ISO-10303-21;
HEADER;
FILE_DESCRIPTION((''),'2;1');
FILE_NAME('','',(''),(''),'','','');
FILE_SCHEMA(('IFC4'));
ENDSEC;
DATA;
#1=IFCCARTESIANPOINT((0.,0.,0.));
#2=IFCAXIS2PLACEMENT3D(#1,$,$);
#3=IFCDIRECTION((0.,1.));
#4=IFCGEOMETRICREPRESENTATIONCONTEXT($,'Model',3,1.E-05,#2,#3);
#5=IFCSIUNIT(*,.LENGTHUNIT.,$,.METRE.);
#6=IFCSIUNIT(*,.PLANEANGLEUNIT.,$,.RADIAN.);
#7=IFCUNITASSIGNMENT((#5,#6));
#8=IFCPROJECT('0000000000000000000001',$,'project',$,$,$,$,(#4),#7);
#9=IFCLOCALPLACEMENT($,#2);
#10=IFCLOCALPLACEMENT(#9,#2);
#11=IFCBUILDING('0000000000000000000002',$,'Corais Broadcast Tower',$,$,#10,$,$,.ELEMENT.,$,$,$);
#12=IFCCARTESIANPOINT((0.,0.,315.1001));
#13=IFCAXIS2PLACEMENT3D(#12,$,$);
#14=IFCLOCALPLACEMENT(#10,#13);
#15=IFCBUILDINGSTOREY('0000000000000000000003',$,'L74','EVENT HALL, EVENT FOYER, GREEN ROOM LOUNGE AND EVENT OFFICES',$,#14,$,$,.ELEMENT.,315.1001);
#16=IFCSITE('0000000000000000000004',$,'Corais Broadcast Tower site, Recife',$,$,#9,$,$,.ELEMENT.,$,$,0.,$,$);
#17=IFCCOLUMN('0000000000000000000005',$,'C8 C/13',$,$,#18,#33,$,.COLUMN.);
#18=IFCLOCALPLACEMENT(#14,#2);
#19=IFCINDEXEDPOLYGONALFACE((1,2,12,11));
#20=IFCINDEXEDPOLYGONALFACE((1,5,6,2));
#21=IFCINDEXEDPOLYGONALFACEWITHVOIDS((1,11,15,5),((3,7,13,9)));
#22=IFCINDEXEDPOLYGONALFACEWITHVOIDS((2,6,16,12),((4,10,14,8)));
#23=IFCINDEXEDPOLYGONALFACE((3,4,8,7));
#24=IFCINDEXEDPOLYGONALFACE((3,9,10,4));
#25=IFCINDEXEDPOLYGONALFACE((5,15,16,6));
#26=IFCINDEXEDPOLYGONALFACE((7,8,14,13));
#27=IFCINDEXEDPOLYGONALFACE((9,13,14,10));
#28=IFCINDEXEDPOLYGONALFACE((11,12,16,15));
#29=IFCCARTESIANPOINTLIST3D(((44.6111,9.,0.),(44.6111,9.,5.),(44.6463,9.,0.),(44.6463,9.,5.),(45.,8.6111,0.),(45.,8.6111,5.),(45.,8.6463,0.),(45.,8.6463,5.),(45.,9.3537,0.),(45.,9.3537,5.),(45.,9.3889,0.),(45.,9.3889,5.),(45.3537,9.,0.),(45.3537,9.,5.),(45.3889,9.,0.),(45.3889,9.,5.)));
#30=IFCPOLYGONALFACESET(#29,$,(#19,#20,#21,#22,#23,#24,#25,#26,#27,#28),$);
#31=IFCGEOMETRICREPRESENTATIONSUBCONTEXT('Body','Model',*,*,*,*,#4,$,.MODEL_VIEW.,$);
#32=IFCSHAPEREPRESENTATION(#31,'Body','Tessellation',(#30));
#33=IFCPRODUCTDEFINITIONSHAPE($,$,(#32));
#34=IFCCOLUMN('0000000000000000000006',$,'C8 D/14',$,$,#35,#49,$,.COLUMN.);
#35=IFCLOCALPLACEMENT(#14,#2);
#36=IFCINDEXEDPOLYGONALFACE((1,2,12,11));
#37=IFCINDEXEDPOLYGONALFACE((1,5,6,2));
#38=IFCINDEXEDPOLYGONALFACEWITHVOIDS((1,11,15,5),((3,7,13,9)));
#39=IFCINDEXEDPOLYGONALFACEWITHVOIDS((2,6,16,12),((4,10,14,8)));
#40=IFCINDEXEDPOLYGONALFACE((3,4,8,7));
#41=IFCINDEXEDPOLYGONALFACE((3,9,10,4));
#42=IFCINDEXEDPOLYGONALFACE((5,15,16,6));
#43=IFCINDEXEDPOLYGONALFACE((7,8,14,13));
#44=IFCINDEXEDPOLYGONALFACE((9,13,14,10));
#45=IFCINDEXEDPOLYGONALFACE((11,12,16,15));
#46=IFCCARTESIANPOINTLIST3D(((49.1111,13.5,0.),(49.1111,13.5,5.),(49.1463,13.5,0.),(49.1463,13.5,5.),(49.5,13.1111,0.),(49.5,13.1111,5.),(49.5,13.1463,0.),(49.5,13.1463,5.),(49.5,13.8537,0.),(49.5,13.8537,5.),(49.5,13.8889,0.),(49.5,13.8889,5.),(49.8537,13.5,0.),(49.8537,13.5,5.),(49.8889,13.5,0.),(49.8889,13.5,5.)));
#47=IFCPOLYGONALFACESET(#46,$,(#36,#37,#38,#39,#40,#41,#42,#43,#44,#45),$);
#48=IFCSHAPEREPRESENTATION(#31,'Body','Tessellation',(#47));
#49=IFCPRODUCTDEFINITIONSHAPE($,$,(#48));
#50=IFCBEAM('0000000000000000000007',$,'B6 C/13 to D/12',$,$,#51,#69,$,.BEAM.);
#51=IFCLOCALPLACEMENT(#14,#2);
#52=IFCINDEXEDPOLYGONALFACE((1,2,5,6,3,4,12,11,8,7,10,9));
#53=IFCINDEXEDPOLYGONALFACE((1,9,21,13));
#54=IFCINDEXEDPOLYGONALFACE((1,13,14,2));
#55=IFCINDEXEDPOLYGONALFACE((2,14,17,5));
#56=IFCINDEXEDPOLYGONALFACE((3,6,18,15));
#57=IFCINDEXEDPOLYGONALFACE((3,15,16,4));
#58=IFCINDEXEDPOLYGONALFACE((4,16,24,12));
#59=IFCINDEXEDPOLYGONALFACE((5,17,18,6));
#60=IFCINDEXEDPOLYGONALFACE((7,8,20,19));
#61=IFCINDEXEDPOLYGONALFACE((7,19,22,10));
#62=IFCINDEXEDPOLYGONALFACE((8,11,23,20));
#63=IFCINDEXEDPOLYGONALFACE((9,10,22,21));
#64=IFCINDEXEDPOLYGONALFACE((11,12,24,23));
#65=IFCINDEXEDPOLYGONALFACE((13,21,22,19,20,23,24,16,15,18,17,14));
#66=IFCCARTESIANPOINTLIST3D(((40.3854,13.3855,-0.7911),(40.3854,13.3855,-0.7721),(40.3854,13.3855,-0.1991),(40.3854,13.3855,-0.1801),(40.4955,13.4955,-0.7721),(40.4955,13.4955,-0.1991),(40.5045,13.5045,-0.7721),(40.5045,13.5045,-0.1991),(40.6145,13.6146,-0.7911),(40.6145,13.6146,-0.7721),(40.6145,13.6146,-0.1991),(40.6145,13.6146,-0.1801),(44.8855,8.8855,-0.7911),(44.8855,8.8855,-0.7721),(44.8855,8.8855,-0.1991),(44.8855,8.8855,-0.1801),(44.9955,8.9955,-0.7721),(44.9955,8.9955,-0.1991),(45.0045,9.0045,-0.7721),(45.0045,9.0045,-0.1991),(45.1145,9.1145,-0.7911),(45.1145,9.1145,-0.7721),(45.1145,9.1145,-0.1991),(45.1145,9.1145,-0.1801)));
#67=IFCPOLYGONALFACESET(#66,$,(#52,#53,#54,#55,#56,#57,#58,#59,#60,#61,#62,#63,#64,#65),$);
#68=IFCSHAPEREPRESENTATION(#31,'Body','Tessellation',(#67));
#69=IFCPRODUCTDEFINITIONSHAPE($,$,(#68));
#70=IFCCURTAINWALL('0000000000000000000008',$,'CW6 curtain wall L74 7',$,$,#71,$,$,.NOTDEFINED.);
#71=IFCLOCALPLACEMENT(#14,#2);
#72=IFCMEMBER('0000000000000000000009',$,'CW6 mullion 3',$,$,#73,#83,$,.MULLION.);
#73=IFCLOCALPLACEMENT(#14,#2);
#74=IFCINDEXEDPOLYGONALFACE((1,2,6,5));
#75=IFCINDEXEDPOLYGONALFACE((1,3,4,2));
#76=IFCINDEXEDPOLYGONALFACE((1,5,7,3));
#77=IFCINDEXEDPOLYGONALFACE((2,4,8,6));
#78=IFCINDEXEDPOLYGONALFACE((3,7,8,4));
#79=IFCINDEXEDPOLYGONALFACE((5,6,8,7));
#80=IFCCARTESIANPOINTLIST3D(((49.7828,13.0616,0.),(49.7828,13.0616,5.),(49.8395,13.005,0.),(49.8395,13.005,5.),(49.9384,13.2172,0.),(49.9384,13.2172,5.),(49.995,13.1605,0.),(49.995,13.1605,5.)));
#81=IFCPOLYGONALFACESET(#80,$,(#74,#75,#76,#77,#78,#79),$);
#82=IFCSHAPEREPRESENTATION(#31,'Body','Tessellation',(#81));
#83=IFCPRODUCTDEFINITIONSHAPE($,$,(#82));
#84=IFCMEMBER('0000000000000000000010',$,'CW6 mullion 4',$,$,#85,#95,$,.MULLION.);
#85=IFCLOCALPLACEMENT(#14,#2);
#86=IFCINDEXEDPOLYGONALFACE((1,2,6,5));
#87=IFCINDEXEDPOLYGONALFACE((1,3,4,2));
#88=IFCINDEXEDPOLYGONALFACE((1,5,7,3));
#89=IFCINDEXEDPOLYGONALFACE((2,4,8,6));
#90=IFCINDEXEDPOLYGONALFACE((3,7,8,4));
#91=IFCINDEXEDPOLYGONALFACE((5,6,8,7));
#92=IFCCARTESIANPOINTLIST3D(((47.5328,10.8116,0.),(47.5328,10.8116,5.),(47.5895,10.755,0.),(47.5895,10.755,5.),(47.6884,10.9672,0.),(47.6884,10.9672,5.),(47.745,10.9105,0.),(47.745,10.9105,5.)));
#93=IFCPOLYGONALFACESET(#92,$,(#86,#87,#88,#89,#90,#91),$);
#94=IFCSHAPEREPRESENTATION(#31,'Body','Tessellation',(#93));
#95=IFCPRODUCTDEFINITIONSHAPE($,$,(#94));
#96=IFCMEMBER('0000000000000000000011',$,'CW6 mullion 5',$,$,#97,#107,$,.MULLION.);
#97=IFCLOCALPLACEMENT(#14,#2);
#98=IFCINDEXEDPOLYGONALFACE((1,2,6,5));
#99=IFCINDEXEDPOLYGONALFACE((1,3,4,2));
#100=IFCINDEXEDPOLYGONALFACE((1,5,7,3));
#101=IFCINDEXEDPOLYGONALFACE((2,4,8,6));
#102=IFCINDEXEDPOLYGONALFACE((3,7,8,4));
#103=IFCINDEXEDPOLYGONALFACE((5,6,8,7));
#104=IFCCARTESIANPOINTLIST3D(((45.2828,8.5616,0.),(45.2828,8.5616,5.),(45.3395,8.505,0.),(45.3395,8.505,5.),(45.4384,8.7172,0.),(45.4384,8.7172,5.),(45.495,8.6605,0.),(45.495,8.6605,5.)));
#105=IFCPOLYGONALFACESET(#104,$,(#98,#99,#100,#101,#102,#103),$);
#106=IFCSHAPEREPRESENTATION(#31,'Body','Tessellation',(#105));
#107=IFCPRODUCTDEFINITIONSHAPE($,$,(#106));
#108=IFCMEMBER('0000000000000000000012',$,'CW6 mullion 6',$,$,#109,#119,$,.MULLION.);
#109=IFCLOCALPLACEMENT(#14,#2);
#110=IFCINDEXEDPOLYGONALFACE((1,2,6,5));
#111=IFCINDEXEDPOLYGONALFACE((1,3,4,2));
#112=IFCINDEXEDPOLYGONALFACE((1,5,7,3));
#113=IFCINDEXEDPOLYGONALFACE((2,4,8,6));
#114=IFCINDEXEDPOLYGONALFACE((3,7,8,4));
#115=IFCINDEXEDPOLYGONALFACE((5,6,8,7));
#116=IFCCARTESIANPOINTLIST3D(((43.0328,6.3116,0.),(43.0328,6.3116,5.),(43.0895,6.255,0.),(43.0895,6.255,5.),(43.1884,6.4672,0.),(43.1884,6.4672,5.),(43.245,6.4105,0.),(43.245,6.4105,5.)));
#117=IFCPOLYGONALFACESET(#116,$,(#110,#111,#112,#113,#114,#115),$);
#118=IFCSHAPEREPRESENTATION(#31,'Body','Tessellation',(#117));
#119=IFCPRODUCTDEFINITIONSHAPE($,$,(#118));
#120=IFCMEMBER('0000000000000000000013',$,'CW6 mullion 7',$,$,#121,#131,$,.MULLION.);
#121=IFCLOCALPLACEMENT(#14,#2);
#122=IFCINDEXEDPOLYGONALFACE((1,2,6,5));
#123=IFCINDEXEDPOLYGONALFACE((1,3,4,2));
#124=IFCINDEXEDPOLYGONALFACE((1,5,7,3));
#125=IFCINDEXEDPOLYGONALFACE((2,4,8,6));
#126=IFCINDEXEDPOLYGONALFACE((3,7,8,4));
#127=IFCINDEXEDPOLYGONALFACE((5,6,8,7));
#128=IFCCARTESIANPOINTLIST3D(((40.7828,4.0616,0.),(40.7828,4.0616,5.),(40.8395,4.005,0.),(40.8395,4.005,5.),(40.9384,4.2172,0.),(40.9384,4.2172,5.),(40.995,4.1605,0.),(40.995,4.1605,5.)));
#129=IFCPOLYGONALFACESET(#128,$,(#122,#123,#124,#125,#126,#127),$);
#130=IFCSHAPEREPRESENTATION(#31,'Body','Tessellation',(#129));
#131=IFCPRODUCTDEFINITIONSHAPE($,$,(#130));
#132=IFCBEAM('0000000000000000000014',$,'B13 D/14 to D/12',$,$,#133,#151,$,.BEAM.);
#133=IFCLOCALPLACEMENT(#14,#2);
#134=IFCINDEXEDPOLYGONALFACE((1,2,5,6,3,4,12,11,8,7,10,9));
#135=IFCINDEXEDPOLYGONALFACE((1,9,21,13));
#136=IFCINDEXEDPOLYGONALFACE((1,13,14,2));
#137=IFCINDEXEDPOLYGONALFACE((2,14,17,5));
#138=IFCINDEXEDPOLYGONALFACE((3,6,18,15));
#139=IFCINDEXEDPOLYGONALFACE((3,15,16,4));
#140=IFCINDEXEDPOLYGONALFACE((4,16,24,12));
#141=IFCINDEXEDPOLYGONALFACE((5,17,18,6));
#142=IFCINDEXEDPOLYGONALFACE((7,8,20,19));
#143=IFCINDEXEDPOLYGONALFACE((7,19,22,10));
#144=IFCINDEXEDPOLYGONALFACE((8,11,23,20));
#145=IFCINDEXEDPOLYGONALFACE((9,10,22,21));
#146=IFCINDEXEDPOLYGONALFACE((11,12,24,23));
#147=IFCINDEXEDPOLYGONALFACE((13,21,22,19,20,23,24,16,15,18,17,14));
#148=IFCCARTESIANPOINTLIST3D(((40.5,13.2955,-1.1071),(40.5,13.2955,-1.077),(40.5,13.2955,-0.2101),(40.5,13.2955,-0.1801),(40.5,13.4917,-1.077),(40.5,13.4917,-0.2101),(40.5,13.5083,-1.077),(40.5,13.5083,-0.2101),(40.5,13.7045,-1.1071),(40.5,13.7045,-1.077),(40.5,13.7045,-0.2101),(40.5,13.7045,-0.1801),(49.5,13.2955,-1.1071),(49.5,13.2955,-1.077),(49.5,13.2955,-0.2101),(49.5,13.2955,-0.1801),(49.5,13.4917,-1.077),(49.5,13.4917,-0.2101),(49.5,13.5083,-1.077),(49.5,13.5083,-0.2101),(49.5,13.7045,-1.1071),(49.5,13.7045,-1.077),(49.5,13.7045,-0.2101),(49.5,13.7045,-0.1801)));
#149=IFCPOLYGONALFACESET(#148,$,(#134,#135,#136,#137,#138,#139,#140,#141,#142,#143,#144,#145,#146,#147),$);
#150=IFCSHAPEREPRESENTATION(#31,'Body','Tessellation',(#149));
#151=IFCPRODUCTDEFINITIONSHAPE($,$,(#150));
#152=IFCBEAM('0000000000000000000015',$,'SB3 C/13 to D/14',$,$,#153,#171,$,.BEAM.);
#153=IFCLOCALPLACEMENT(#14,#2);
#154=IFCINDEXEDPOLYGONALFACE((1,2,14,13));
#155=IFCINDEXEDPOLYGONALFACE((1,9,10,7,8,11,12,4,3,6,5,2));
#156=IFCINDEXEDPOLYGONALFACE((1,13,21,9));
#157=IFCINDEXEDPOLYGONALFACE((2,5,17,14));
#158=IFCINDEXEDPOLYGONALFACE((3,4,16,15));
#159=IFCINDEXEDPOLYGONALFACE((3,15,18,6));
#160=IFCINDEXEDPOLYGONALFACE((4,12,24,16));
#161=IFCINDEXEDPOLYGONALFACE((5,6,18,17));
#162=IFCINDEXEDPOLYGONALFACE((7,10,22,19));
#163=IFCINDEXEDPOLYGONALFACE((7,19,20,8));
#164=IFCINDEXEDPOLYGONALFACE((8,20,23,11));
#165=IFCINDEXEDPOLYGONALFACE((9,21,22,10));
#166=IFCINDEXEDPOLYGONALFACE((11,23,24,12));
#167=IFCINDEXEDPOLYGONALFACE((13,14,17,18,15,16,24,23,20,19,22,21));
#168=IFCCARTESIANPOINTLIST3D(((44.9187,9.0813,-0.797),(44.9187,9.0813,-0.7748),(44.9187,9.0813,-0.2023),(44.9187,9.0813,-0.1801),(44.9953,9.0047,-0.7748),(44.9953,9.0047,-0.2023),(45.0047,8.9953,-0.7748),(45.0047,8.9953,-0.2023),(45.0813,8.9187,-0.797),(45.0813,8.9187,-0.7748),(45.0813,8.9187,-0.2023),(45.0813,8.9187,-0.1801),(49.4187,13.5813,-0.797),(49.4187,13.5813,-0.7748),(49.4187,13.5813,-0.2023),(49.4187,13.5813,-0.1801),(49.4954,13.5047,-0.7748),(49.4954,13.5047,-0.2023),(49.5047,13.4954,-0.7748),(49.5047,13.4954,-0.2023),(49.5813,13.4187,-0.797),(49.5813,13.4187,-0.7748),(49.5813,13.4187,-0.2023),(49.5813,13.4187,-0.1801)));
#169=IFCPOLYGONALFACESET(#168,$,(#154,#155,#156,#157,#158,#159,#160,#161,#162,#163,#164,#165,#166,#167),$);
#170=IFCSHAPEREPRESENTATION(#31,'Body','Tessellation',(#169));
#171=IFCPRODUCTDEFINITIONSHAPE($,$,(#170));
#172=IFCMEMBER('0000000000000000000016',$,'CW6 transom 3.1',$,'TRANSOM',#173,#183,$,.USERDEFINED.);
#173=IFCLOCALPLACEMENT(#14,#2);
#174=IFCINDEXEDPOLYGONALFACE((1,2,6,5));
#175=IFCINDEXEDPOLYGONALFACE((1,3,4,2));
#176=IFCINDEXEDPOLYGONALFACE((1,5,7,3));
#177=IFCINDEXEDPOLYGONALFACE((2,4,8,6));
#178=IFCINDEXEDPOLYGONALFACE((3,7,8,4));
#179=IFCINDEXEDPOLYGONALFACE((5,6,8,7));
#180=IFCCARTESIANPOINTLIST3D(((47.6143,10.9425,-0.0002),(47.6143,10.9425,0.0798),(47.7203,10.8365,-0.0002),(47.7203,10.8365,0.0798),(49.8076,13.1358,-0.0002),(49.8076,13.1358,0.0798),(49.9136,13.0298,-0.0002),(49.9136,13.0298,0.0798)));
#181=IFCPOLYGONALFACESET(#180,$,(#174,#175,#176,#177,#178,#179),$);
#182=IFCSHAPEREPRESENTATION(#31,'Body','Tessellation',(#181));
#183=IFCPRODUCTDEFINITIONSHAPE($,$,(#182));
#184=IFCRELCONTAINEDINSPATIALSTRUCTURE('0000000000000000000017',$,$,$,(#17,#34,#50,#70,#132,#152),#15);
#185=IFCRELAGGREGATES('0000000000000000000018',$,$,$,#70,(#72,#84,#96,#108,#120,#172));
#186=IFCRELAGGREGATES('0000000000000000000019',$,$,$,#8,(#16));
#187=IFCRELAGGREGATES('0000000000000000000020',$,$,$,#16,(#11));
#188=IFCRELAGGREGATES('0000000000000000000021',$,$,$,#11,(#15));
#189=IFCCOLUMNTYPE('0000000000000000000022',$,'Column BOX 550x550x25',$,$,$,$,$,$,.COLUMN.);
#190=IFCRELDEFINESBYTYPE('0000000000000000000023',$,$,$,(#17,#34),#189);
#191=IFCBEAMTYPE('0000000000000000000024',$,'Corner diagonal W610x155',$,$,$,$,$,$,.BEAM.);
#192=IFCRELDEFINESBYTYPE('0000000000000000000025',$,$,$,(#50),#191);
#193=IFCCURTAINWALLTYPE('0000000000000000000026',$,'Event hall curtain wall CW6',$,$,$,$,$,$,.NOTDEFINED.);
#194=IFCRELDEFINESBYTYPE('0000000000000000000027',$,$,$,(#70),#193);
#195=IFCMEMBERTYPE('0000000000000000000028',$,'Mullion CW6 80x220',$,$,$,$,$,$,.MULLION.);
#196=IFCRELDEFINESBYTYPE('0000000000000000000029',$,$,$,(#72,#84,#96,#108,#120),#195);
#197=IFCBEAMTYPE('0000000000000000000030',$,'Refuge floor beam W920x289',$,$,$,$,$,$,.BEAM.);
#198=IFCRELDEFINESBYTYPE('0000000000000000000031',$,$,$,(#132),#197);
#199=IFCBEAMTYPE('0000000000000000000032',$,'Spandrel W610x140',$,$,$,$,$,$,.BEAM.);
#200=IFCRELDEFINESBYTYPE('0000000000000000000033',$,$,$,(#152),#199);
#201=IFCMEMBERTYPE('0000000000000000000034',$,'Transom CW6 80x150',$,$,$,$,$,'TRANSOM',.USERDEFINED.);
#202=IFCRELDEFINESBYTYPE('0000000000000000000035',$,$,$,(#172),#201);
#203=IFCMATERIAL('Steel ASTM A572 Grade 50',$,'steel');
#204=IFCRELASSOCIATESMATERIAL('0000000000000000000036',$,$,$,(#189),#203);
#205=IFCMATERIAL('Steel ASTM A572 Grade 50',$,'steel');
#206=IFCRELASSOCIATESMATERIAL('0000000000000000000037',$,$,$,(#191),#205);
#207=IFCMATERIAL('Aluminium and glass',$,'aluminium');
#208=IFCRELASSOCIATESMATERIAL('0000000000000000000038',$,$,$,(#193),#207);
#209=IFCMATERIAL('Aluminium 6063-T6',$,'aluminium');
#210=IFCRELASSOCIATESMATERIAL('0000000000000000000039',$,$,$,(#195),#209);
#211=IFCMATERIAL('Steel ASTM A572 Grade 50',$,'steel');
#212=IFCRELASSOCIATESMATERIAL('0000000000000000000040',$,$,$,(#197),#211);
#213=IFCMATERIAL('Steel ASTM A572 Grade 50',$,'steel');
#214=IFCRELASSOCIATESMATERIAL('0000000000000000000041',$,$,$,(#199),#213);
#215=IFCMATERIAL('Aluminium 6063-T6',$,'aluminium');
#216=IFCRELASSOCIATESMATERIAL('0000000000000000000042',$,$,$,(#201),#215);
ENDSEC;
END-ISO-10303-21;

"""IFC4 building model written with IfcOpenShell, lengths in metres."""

from ifc_helpers import new_model, si_unit, direction, frame, origin, origin_2d, place, context, subcontext, project, spatial, rectangle, hollow_rectangle, i_section, extrude, material, material_profile, profile_set, type_object, element, aggregate, save


model = new_model("IFC4")

# Units and contexts
model_context = context("Model", 3, precision=1e-05, world=origin(), true_north=direction((0.0, 1.0)))
body_context = subcontext(model_context, "Body", "Model", "MODEL_VIEW")
ifc_project = project(units=[si_unit("LENGTHUNIT", "METRE"), si_unit("PLANEANGLEUNIT", "RADIAN")], contexts=[model_context])

# Site, building, storey
site_placement = place(None, origin())
site = spatial("IfcSite", under=ifc_project, at=site_placement, Name="Corais Broadcast Tower site, Recife", CompositionType="ELEMENT", RefElevation=0.0)
building_placement = place(site_placement, origin())
building = spatial("IfcBuilding", under=site, at=building_placement, Name="Corais Broadcast Tower", CompositionType="ELEMENT")
storey_placement = place(building_placement, frame((0.0, 0.0, 315.1001)))
storey = spatial("IfcBuildingStorey", under=building, at=storey_placement, Name="L74", Description="EVENT HALL, EVENT FOYER, GREEN ROOM LOUNGE AND EVENT OFFICES", CompositionType="ELEMENT", Elevation=315.1001)

# Columns
ifc_material_1 = material(Name="Steel ASTM A572 Grade 50", Category="steel")
ifc_material_profile_1 = material_profile(ifc_material_1, hollow_rectangle(XDim=0.55, YDim=0.55, WallThickness=0.0249, at=origin_2d()), Name="BOX 550x550x25")
ifc_profile_set_1 = profile_set([ifc_material_profile_1], Name="Steel ASTM A572 Grade 50")
column_type = type_object("IfcColumnType", Name="Column BOX 550x550x25", PredefinedType="COLUMN", material=ifc_profile_set_1)
for number, where, z_axis, x_axis, name in (
    (1, (45.0, 9.0, 0.0), (0.0, 0.0, 1.0), (0.707107, 0.707107, 0.0), "C8 C/13"),
    (2, (49.5, 13.5, 0.0), (0.0, 0.0, 1.0), (0.707107, 0.707107, 0.0), "C8 D/14"),
):
    element("IfcColumn", number, at=place(storey_placement, frame(where, z_axis=z_axis, x_axis=x_axis)), inside=storey, type_object=column_type, Name=name, PredefinedType="COLUMN", context=body_context, shape_type="SweptSolid", body=[
        extrude(hollow_rectangle(XDim=0.55, YDim=0.55, WallThickness=0.0249, at=origin_2d()), origin(), (0.0, 0.0, 1.0), 5.0),
    ])

# Beam
ifc_material_2 = material(Name="Steel ASTM A572 Grade 50", Category="steel")
ifc_material_profile_2 = material_profile(ifc_material_2, i_section(OverallWidth=0.324, OverallDepth=0.6111, WebThickness=0.0127, FlangeThickness=0.019, at=origin_2d()), Name="W610x155")
ifc_profile_set_2 = profile_set([ifc_material_profile_2], Name="Steel ASTM A572 Grade 50")
beam_type_1 = type_object("IfcBeamType", Name="Corner diagonal W610x155", PredefinedType="BEAM", material=ifc_profile_set_2)
beam_1_placement = place(storey_placement, frame((45.0, 9.0, -0.4856), z_axis=(-0.707107, 0.707107, 0.0), x_axis=(-0.707107, -0.707107, 0.0)))
element("IfcBeam", 3, at=beam_1_placement, inside=storey, type_object=beam_type_1, Name="B6 C/13 to D/12", PredefinedType="BEAM", context=body_context, shape_type="SweptSolid", body=[
    extrude(i_section(OverallWidth=0.324, OverallDepth=0.6111, WebThickness=0.0127, FlangeThickness=0.019, at=origin_2d()), origin(), (0.0, 0.0, 1.0), 6.364),
])

# Curtain wall, members
ifc_material_3 = material(Name="Aluminium and glass", Category="aluminium")
curtain_wall_type = type_object("IfcCurtainWallType", Name="Event hall curtain wall CW6", PredefinedType="NOTDEFINED", material=ifc_material_3)
curtain_wall_placement = place(storey_placement, origin())
curtain_wall = element("IfcCurtainWall", 4, at=curtain_wall_placement, inside=storey, type_object=curtain_wall_type, Name="CW6 curtain wall L74 7", PredefinedType="NOTDEFINED")
ifc_material_4 = material(Name="Aluminium 6063-T6", Category="aluminium")
ifc_material_profile_3 = material_profile(ifc_material_4, rectangle(XDim=0.0801, YDim=0.22, at=origin_2d()), Name="Mullion CW6 80x220")
ifc_profile_set_3 = profile_set([ifc_material_profile_3], Name="Aluminium 6063-T6")
member_type_1 = type_object("IfcMemberType", Name="Mullion CW6 80x220", PredefinedType="MULLION", material=ifc_profile_set_3)
member_1_placement = place(storey_placement, frame((49.8889, 13.1111, 0.0), z_axis=(0.0, 0.0, 1.0), x_axis=(0.707107, -0.707107, 0.0)))
member_1 = element("IfcMember", 5, at=member_1_placement, type_object=member_type_1, Name="CW6 mullion 3", PredefinedType="MULLION", context=body_context, shape_type="SweptSolid", body=[
    extrude(rectangle(XDim=0.0801, YDim=0.22, at=origin_2d()), origin(), (0.0, 0.0, 1.0), 5.0),
])
member_2_placement = place(storey_placement, frame((47.6389, 10.8611, 0.0), z_axis=(0.0, 0.0, 1.0), x_axis=(0.707107, -0.707107, 0.0)))
member_2 = element("IfcMember", 6, at=member_2_placement, type_object=member_type_1, Name="CW6 mullion 4", PredefinedType="MULLION", context=body_context, shape_type="SweptSolid", body=[
    extrude(rectangle(XDim=0.0801, YDim=0.22, at=origin_2d()), origin(), (0.0, 0.0, 1.0), 5.0),
])
member_3_placement = place(storey_placement, frame((45.3889, 8.6111, 0.0), z_axis=(0.0, 0.0, 1.0), x_axis=(0.707107, -0.707107, 0.0)))
member_3 = element("IfcMember", 7, at=member_3_placement, type_object=member_type_1, Name="CW6 mullion 5", PredefinedType="MULLION", context=body_context, shape_type="SweptSolid", body=[
    extrude(rectangle(XDim=0.0801, YDim=0.22, at=origin_2d()), origin(), (0.0, 0.0, 1.0), 5.0),
])
member_4_placement = place(storey_placement, frame((43.1389, 6.3611, 0.0), z_axis=(0.0, 0.0, 1.0), x_axis=(0.707107, -0.707107, 0.0)))
member_4 = element("IfcMember", 8, at=member_4_placement, type_object=member_type_1, Name="CW6 mullion 6", PredefinedType="MULLION", context=body_context, shape_type="SweptSolid", body=[
    extrude(rectangle(XDim=0.0801, YDim=0.22, at=origin_2d()), origin(), (0.0, 0.0, 1.0), 5.0),
])
member_5_placement = place(storey_placement, frame((40.8889, 4.1111, 0.0), z_axis=(0.0, 0.0, 1.0), x_axis=(0.707107, -0.707107, 0.0)))
member_5 = element("IfcMember", 9, at=member_5_placement, type_object=member_type_1, Name="CW6 mullion 7", PredefinedType="MULLION", context=body_context, shape_type="SweptSolid", body=[
    extrude(rectangle(XDim=0.0801, YDim=0.22, at=origin_2d()), origin(), (0.0, 0.0, 1.0), 5.0),
])

# Beams
ifc_material_5 = material(Name="Steel ASTM A572 Grade 50", Category="steel")
ifc_material_profile_4 = material_profile(ifc_material_5, i_section(OverallWidth=0.4089, OverallDepth=0.927, WebThickness=0.0166, FlangeThickness=0.03, at=origin_2d()), Name="W920x289")
ifc_profile_set_4 = profile_set([ifc_material_profile_4], Name="Steel ASTM A572 Grade 50")
beam_type_2 = type_object("IfcBeamType", Name="Refuge floor beam W920x289", PredefinedType="BEAM", material=ifc_profile_set_4)
beam_2_placement = place(storey_placement, frame((49.5, 13.5, -0.6436), z_axis=(-1.0, 0.0, 0.0), x_axis=(0.0, -1.0, 0.0)))
element("IfcBeam", 10, at=beam_2_placement, inside=storey, type_object=beam_type_2, Name="B13 D/14 to D/12", PredefinedType="BEAM", context=body_context, shape_type="SweptSolid", body=[
    extrude(i_section(OverallWidth=0.4089, OverallDepth=0.927, WebThickness=0.0166, FlangeThickness=0.03, at=origin_2d()), origin(), (0.0, 0.0, 1.0), 9.0),
])
ifc_material_6 = material(Name="Steel ASTM A572 Grade 50", Category="steel")
ifc_material_profile_5 = material_profile(ifc_material_6, i_section(OverallWidth=0.23, OverallDepth=0.6169, WebThickness=0.0132, FlangeThickness=0.0222, at=origin_2d()), Name="W610x140")
ifc_profile_set_5 = profile_set([ifc_material_profile_5], Name="Steel ASTM A572 Grade 50")
beam_type_3 = type_object("IfcBeamType", Name="Spandrel W610x140", PredefinedType="BEAM", material=ifc_profile_set_5)
beam_3_placement = place(storey_placement, frame((45.0, 9.0, -0.4885), z_axis=(0.707107, 0.707107, 0.0), x_axis=(-0.707107, 0.707107, 0.0)))
element("IfcBeam", 11, at=beam_3_placement, inside=storey, type_object=beam_type_3, Name="SB3 C/13 to D/14", PredefinedType="BEAM", context=body_context, shape_type="SweptSolid", body=[
    extrude(i_section(OverallWidth=0.23, OverallDepth=0.6169, WebThickness=0.0132, FlangeThickness=0.0222, at=origin_2d()), origin(), (0.0, 0.0, 1.0), 6.364),
])

# Member
ifc_material_7 = material(Name="Aluminium 6063-T6", Category="aluminium")
ifc_material_profile_6 = material_profile(ifc_material_7, rectangle(XDim=0.1499, YDim=0.0801, at=origin_2d()), Name="Transom CW6 80x150")
ifc_profile_set_6 = profile_set([ifc_material_profile_6], Name="Aluminium 6063-T6")
member_type_2 = type_object("IfcMemberType", Name="Transom CW6 80x150", ElementType="TRANSOM", PredefinedType="USERDEFINED", material=ifc_profile_set_6)
member_6_placement = place(storey_placement, frame((49.8606, 13.0828, 0.0398), z_axis=(-0.707107, -0.707107, 0.0), x_axis=(0.707107, -0.707107, 0.0)))
member_6 = element("IfcMember", 12, at=member_6_placement, type_object=member_type_2, Name="CW6 transom 3.1", ObjectType="TRANSOM", PredefinedType="USERDEFINED", context=body_context, shape_type="SweptSolid", body=[
    extrude(rectangle(XDim=0.1499, YDim=0.0801, at=origin_2d()), origin(), (0.0, 0.0, 1.0), 3.1018),
])

aggregate(curtain_wall, [member_1, member_2, member_3, member_4, member_5, member_6])

save(model, "model.ifc")
